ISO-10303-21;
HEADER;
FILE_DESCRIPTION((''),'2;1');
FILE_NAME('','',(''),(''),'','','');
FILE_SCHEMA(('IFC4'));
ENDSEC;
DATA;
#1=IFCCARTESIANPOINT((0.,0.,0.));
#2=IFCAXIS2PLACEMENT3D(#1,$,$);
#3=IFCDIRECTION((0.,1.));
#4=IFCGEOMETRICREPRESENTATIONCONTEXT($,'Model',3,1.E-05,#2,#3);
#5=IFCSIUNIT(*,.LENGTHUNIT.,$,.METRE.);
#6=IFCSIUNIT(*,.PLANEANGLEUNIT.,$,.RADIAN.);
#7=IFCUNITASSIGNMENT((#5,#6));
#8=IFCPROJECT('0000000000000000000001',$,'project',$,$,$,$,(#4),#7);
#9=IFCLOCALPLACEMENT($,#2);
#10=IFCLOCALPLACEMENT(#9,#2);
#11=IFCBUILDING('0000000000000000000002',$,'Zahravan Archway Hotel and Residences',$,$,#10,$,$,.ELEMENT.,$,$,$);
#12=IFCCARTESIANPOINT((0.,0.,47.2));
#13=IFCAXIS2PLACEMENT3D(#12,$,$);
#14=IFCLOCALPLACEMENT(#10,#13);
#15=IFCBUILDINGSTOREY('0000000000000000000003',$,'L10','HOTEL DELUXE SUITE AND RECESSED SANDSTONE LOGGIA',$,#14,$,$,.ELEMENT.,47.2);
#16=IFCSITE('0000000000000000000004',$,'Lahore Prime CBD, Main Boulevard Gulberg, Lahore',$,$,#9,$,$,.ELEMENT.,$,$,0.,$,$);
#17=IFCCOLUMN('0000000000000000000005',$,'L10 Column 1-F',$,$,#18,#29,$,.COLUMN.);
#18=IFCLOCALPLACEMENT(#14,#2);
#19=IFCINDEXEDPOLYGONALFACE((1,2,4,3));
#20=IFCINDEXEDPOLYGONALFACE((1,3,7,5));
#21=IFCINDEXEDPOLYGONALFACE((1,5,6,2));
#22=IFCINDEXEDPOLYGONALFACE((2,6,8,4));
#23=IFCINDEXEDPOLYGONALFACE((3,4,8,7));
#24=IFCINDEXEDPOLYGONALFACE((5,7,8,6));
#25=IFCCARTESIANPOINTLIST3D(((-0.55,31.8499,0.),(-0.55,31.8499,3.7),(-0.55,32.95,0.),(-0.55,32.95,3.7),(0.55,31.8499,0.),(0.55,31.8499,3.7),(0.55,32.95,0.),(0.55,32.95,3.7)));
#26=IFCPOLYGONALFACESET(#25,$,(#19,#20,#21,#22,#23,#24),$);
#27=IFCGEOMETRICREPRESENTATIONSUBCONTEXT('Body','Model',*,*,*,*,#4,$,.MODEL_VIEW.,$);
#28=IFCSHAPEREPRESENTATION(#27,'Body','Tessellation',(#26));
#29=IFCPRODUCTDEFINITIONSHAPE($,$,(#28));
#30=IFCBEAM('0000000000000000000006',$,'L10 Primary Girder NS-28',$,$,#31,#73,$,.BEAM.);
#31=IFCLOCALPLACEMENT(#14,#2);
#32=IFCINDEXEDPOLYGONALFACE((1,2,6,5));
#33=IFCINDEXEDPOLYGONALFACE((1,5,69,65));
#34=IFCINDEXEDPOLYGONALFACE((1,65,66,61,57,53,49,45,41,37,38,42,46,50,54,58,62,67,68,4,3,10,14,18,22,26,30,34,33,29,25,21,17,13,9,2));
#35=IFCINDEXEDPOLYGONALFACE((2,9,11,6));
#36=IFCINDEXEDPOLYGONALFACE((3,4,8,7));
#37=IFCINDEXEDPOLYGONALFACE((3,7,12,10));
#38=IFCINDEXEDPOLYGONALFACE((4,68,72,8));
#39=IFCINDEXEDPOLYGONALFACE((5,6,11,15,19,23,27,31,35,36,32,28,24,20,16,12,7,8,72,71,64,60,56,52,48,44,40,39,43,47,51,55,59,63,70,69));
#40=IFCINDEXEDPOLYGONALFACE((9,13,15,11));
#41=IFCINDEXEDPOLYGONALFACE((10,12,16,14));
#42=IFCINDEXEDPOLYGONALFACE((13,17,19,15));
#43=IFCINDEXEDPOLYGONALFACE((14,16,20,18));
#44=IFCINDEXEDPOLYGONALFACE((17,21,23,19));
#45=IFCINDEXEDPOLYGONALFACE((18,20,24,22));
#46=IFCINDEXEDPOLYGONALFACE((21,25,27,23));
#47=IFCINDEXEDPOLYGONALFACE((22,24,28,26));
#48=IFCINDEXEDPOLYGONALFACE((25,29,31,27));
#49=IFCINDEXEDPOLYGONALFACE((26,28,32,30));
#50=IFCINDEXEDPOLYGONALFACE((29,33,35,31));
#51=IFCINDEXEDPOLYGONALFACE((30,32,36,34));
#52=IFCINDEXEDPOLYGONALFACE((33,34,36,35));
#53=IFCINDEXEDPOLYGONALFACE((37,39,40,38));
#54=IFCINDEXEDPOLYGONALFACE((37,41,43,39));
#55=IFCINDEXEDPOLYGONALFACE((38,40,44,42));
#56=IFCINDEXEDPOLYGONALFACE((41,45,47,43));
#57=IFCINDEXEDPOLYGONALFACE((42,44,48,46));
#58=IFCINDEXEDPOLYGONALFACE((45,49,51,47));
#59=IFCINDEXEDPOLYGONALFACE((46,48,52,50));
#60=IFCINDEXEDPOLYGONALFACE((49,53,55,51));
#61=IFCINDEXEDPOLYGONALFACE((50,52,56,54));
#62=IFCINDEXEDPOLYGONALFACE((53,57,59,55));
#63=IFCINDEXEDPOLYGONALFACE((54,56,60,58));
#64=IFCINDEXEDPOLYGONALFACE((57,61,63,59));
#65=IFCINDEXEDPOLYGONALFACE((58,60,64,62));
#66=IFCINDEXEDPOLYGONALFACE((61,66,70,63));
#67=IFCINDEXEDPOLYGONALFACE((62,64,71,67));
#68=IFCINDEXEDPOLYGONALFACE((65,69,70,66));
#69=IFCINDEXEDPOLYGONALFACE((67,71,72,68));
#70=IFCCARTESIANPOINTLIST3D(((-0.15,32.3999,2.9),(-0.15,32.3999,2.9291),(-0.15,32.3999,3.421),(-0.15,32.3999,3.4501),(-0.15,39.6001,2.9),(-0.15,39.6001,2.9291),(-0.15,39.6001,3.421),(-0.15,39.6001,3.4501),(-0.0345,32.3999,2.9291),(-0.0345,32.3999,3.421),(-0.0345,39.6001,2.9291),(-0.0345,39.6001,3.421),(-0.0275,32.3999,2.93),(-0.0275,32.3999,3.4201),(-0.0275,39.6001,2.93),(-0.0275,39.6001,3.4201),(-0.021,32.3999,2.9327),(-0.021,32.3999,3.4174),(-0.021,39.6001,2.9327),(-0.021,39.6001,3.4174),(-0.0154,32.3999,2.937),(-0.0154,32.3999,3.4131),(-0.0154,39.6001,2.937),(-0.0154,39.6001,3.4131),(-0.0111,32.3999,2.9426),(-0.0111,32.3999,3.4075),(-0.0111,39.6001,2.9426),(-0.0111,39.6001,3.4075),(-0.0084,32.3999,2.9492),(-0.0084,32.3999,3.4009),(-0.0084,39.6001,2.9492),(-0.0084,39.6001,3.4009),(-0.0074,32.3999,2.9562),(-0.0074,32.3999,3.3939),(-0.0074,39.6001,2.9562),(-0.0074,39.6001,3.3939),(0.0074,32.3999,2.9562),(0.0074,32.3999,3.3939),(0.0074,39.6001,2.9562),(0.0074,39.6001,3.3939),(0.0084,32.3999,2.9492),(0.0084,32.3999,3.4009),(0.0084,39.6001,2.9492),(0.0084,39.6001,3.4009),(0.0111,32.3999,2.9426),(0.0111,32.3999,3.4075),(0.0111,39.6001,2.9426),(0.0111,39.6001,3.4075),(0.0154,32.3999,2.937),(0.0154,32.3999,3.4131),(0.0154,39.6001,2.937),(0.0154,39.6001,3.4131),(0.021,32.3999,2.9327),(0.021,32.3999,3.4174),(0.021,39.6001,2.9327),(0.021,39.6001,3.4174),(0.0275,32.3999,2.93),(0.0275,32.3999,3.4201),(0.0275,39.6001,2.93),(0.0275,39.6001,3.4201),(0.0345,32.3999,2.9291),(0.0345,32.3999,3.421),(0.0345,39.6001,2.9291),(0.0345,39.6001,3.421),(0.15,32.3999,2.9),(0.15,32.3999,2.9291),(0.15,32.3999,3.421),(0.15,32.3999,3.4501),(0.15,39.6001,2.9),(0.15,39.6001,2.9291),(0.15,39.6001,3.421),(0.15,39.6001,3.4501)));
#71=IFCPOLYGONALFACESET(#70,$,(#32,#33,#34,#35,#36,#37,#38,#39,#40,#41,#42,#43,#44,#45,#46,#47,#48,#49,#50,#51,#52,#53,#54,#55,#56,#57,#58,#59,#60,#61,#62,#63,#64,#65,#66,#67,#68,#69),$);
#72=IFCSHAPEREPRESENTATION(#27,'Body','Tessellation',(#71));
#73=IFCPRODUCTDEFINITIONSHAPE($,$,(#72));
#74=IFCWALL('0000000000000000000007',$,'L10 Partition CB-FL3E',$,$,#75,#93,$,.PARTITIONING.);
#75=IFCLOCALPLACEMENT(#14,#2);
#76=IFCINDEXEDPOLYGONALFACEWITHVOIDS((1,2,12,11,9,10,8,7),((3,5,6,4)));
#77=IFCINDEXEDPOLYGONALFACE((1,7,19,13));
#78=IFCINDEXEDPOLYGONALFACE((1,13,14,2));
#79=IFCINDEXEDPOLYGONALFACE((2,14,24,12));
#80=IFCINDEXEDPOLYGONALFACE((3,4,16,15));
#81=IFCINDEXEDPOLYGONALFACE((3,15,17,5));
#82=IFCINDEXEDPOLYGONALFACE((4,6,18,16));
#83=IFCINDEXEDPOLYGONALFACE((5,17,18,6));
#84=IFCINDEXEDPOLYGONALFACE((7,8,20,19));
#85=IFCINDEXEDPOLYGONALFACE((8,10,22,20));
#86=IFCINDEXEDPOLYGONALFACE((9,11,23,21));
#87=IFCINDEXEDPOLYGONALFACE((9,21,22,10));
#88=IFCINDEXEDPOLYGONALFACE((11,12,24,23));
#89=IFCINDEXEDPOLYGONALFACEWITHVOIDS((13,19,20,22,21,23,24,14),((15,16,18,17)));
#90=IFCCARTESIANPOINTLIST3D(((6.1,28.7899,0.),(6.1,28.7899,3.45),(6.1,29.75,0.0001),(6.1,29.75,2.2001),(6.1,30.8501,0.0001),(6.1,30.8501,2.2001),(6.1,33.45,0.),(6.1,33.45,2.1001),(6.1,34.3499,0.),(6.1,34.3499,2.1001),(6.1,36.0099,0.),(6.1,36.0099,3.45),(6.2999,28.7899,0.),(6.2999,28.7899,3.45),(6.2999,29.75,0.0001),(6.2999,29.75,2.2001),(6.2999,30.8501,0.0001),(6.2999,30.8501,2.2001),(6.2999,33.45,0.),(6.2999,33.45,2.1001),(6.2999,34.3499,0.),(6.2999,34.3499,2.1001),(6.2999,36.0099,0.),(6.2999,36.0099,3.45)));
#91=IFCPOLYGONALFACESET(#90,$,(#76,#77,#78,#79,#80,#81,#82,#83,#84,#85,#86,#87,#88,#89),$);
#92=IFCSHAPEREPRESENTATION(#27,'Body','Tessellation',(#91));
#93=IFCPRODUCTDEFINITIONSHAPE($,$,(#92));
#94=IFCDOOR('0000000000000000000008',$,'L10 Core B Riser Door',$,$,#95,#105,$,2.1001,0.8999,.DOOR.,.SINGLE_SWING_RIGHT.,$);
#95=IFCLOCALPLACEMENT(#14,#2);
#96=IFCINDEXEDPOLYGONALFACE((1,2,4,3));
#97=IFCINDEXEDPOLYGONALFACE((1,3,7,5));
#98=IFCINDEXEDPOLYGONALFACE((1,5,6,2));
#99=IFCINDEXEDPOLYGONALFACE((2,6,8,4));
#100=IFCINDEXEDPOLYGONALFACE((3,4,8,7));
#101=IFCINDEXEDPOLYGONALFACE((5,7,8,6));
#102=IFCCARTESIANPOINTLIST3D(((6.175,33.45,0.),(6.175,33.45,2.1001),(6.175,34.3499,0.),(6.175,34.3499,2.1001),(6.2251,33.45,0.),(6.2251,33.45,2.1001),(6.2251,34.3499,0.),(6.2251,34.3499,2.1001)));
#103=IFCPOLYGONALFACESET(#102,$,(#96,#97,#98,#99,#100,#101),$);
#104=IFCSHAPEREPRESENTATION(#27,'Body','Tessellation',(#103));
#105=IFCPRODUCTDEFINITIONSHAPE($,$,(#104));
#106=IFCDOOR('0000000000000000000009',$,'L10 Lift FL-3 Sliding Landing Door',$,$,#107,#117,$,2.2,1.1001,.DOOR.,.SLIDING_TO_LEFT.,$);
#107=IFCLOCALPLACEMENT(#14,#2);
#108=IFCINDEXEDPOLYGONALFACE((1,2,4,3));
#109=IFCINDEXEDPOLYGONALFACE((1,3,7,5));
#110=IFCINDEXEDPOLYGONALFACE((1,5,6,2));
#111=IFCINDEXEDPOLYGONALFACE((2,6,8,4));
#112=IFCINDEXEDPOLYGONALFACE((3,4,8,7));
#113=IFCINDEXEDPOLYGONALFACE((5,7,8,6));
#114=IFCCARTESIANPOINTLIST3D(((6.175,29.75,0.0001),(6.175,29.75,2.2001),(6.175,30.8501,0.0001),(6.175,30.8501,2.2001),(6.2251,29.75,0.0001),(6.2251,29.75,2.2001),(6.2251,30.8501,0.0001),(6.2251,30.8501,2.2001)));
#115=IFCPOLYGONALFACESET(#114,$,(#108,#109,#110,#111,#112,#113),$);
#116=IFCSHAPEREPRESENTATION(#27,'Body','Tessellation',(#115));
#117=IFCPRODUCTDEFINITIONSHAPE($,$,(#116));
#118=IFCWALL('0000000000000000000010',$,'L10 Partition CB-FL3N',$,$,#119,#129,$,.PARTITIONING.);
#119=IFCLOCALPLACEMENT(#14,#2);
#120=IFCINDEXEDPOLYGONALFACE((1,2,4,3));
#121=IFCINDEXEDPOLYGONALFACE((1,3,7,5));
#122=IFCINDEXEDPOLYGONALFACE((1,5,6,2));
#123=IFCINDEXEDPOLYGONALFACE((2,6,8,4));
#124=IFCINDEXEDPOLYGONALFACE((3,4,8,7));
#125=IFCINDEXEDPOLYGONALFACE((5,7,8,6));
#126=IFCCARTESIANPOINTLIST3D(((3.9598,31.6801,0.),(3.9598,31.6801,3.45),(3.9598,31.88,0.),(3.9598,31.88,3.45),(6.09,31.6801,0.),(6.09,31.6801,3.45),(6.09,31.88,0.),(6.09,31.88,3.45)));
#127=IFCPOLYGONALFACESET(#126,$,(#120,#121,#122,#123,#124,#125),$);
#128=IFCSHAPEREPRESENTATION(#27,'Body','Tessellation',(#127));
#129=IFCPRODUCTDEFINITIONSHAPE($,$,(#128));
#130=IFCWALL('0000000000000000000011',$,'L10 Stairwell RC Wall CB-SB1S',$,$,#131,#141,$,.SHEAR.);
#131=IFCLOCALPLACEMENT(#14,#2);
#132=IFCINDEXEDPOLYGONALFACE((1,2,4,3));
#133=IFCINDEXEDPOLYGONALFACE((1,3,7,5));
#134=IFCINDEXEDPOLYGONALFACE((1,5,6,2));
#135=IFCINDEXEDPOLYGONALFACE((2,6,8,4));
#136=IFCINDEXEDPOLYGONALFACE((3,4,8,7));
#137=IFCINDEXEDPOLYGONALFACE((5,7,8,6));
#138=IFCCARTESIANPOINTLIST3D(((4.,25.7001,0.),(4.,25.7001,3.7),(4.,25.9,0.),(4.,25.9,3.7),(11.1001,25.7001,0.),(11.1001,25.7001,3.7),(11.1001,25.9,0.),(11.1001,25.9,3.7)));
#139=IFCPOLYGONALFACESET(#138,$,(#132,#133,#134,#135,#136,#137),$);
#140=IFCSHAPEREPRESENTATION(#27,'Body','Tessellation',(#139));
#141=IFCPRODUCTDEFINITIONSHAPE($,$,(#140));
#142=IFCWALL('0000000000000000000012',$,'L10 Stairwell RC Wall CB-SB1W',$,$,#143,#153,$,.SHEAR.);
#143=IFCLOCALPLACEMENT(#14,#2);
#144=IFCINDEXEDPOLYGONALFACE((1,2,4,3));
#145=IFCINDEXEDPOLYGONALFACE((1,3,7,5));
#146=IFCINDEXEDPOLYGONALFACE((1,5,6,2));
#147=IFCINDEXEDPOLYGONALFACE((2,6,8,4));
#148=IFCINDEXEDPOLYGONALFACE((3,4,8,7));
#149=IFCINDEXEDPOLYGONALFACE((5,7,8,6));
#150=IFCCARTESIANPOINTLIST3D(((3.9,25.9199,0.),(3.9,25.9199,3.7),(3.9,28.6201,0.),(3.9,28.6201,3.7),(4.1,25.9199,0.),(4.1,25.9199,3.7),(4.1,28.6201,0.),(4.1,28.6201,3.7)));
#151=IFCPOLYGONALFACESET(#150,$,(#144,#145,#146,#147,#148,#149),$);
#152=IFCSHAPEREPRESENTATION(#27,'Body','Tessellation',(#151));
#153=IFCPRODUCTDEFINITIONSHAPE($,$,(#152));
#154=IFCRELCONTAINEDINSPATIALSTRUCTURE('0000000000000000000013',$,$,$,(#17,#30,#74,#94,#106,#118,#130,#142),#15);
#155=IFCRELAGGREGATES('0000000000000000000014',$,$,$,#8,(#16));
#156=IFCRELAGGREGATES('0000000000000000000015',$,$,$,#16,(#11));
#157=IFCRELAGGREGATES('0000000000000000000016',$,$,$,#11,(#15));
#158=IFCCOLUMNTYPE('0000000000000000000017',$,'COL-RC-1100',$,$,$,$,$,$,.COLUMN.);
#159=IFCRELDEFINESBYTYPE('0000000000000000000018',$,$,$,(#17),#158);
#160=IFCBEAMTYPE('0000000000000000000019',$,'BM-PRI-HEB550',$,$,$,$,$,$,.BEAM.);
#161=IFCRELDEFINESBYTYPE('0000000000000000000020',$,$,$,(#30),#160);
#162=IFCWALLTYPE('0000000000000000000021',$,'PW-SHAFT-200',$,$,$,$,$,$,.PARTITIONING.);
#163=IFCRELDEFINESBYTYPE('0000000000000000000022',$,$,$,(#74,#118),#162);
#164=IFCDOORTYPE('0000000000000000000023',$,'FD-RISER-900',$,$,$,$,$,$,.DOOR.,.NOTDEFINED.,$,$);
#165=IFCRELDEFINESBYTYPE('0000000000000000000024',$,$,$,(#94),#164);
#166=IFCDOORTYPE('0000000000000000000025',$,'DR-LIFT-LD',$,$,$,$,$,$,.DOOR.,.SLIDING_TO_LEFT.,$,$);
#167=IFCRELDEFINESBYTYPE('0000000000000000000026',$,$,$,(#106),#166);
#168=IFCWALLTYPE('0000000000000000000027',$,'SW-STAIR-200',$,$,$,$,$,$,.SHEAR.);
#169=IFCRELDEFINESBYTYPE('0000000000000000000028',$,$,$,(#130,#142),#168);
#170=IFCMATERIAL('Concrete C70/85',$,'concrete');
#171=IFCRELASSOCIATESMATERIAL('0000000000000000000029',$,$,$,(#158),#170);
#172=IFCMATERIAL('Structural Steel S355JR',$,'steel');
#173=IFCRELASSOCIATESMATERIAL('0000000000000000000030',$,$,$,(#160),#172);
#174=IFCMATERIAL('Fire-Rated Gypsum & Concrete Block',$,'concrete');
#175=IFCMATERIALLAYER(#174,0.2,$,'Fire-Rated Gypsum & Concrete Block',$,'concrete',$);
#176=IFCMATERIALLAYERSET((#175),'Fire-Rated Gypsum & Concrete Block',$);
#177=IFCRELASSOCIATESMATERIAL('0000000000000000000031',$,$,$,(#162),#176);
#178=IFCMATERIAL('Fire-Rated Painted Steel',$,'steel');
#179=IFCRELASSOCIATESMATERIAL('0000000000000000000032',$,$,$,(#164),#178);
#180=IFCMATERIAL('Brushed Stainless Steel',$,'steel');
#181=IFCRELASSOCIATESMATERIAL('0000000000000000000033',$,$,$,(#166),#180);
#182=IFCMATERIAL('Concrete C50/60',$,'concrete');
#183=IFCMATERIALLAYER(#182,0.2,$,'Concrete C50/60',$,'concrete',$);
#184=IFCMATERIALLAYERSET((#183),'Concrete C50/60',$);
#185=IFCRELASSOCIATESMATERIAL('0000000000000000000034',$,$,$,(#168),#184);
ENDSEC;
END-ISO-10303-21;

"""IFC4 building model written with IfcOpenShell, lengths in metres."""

from ifc_helpers import new_model, si_unit, direction, frame, frame_2d, origin, origin_2d, place, context, subcontext, project, spatial, rectangle, i_section, extrude, source, transform, mapped, material, layer, layer_set, material_profile, profile_set, type_object, type_shapes, element, fill, save


model = new_model("IFC4")

# Units and contexts
model_context = context("Model", 3, precision=1e-05, world=origin(), true_north=direction((0.0, 1.0)))
body_context = subcontext(model_context, "Body", "Model", "MODEL_VIEW")
ifc_project = project(units=[si_unit("LENGTHUNIT", "METRE"), si_unit("PLANEANGLEUNIT", "RADIAN")], contexts=[model_context])

# Site, building, storey
site_placement = place(None, origin())
site = spatial("IfcSite", under=ifc_project, at=site_placement, Name="Lahore Prime CBD, Main Boulevard Gulberg, Lahore", CompositionType="ELEMENT", RefElevation=0.0)
building_placement = place(site_placement, origin())
building = spatial("IfcBuilding", under=site, at=building_placement, Name="Zahravan Archway Hotel and Residences", CompositionType="ELEMENT")
storey_placement = place(building_placement, frame((0.0, 0.0, 47.2)))
storey = spatial("IfcBuildingStorey", under=building, at=storey_placement, Name="L10", Description="HOTEL DELUXE SUITE AND RECESSED SANDSTONE LOGGIA", CompositionType="ELEMENT", Elevation=47.2)

# Column
ifc_material_1 = material(Name="Concrete C70/85", Category="concrete")
ifc_material_profile_1 = material_profile(ifc_material_1, rectangle(XDim=1.1001, YDim=1.1001, at=origin_2d()), Name="RC 1100x1100", Category="concrete")
ifc_profile_set_1 = profile_set([ifc_material_profile_1], Name="Concrete C70/85")
column_type = type_object("IfcColumnType", Name="COL-RC-1100", PredefinedType="COLUMN", material=ifc_profile_set_1)
shared_shape_1 = source(origin(), body_context, "Body", "SweptSolid", [
    extrude(rectangle(XDim=1.1001, YDim=1.1001, at=origin_2d()), origin(), (0.0, 0.0, 1.0), 3.7),
])
column_placement = place(storey_placement, frame((0.0, 32.3999, 0.0), z_axis=(0.0, 0.0, 1.0), x_axis=(1.0, 0.0, 0.0)))
element("IfcColumn", 1, at=column_placement, inside=storey, type_object=column_type, Name="L10 Column 1-F", PredefinedType="COLUMN", context=body_context, shape_type="MappedRepresentation", body=[
    mapped(shared_shape_1, transform((0.0, 0.0, 0.0), scale=1.0)),
])

# Beam
ifc_material_2 = material(Name="Structural Steel S355JR", Category="steel")
ifc_material_profile_2 = material_profile(ifc_material_2, i_section(OverallWidth=0.3, OverallDepth=0.55, WebThickness=0.0149, FlangeThickness=0.0291, FilletRadius=0.0271, at=origin_2d()), Name="HEB 550", Category="steel")
ifc_profile_set_2 = profile_set([ifc_material_profile_2], Name="Structural Steel S355JR")
beam_type = type_object("IfcBeamType", Name="BM-PRI-HEB550", PredefinedType="BEAM", material=ifc_profile_set_2)
shared_shape_2 = source(origin(), body_context, "Body", "SweptSolid", [
    extrude(i_section(OverallWidth=0.3, OverallDepth=0.55, WebThickness=0.0149, FlangeThickness=0.0291, FilletRadius=0.0271, at=origin_2d()), origin(), (0.0, 0.0, 1.0), 7.2002),
])
type_shapes(beam_type, [shared_shape_2])
beam_placement = place(storey_placement, frame((0.0, 32.3999, 3.175), z_axis=(0.0, 1.0, 0.0), x_axis=(-1.0, 0.0, 0.0)))
element("IfcBeam", 2, at=beam_placement, inside=storey, type_object=beam_type, Name="L10 Primary Girder NS-28", PredefinedType="BEAM", context=body_context, shape_type="MappedRepresentation", body=[
    mapped(shared_shape_2, transform((0.0, 0.0, 0.0), scale=1.0)),
])

# Wall, openings, doors
ifc_material_3 = material(Name="Fire-Rated Gypsum & Concrete Block", Category="concrete")
ifc_layer_1 = layer(ifc_material_3, 0.2, Name="Fire-Rated Gypsum & Concrete Block", Category="concrete")
ifc_layer_set_1 = layer_set([ifc_layer_1], Name="Fire-Rated Gypsum & Concrete Block")
wall_type_1 = type_object("IfcWallType", Name="PW-SHAFT-200", PredefinedType="PARTITIONING", material=ifc_layer_set_1)
wall_1_placement = place(storey_placement, frame((6.2, 28.79, 0.0), z_axis=(0.0, 0.0, 1.0), x_axis=(0.0, 1.0, 0.0)))
wall_1 = element("IfcWall", 3, at=wall_1_placement, inside=storey, type_object=wall_type_1, Name="L10 Partition CB-FL3E", PredefinedType="PARTITIONING", context=body_context, shape_type="SweptSolid", body=[
    extrude(rectangle(XDim=7.22, YDim=0.2, at=frame_2d((3.6099, 0.0))), origin(), (0.0, 0.0, 1.0), 3.45),
])
opening_1_placement = place(wall_1_placement, frame((4.6599, 0.0, 0.0)))
opening_1 = element("IfcOpeningElement", 4, at=opening_1_placement, cuts=wall_1, PredefinedType="OPENING", context=body_context, shape_type="SweptSolid", body=[
    extrude(rectangle(XDim=0.8999, YDim=2.1001, at=frame_2d((0.45, 1.05))), frame((0.0, 0.1099, 0.0), z_axis=(0.0, -1.0, 0.0), x_axis=(1.0, 0.0, 0.0)), (0.0, 0.0, 1.0), 0.22),
])
opening_2_placement = place(wall_1_placement, frame((0.96, 0.0, 0.0)))
opening_2 = element("IfcOpeningElement", 5, at=opening_2_placement, cuts=wall_1, PredefinedType="OPENING", context=body_context, shape_type="SweptSolid", body=[
    extrude(rectangle(XDim=1.1001, YDim=2.2, at=frame_2d((0.55, 1.1001))), frame((0.0, 0.1099, 0.0), z_axis=(0.0, -1.0, 0.0), x_axis=(1.0, 0.0, 0.0)), (0.0, 0.0, 1.0), 0.22),
])
ifc_material_4 = material(Name="Fire-Rated Painted Steel", Category="steel")
door_type_1 = type_object("IfcDoorType", Name="FD-RISER-900", OperationType="NOTDEFINED", PredefinedType="DOOR", material=ifc_material_4)
shared_shape_3 = source(origin(), body_context, "Body", "SweptSolid", [
    extrude(rectangle(XDim=0.8999, YDim=2.1001, at=frame_2d((0.45, 1.05))), frame((0.0, 0.0249, 0.0), z_axis=(0.0, -1.0, 0.0), x_axis=(1.0, 0.0, 0.0)), (0.0, 0.0, 1.0), 0.05),
])
type_shapes(door_type_1, [shared_shape_3])
door_1_placement = place(opening_1_placement, origin())
door_1 = element("IfcDoor", 6, at=door_1_placement, inside=storey, type_object=door_type_1, Name="L10 Core B Riser Door", OperationType="SINGLE_SWING_RIGHT", OverallHeight=2.1001, OverallWidth=0.8999, PredefinedType="DOOR", context=body_context, shape_type="MappedRepresentation", body=[
    mapped(shared_shape_3, transform((0.0, 0.0, 0.0), scale=1.0)),
])
fill(opening_1, door_1)
ifc_material_5 = material(Name="Brushed Stainless Steel", Category="steel")
door_type_2 = type_object("IfcDoorType", Name="DR-LIFT-LD", OperationType="SLIDING_TO_LEFT", PredefinedType="DOOR", material=ifc_material_5)
shared_shape_4 = source(origin(), body_context, "Body", "SweptSolid", [
    extrude(rectangle(XDim=1.1001, YDim=2.2, at=frame_2d((0.55, 1.1001))), frame((0.0, 0.0249, 0.0), z_axis=(0.0, -1.0, 0.0), x_axis=(1.0, 0.0, 0.0)), (0.0, 0.0, 1.0), 0.05),
])
type_shapes(door_type_2, [shared_shape_4])
door_2_placement = place(opening_2_placement, origin())
door_2 = element("IfcDoor", 7, at=door_2_placement, inside=storey, type_object=door_type_2, Name="L10 Lift FL-3 Sliding Landing Door", OperationType="SLIDING_TO_LEFT", OverallHeight=2.2, OverallWidth=1.1001, PredefinedType="DOOR", context=body_context, shape_type="MappedRepresentation", body=[
    mapped(shared_shape_4, transform((0.0, 0.0, 0.0), scale=1.0)),
])
fill(opening_2, door_2)

# Walls
wall_2_placement = place(storey_placement, frame((3.96, 31.78, 0.0), z_axis=(0.0, 0.0, 1.0), x_axis=(1.0, 0.0, 0.0)))
element("IfcWall", 8, at=wall_2_placement, inside=storey, type_object=wall_type_1, Name="L10 Partition CB-FL3N", PredefinedType="PARTITIONING", context=body_context, shape_type="SweptSolid", body=[
    extrude(rectangle(XDim=2.1301, YDim=0.2, at=frame_2d((1.0649, 0.0))), origin(), (0.0, 0.0, 1.0), 3.45),
])
ifc_material_6 = material(Name="Concrete C50/60", Category="concrete")
ifc_layer_2 = layer(ifc_material_6, 0.2, Name="Concrete C50/60", Category="concrete")
ifc_layer_set_2 = layer_set([ifc_layer_2], Name="Concrete C50/60")
wall_type_2 = type_object("IfcWallType", Name="SW-STAIR-200", PredefinedType="SHEAR", material=ifc_layer_set_2)
wall_3_placement = place(storey_placement, frame((4.0, 25.8, 0.0), z_axis=(0.0, 0.0, 1.0), x_axis=(1.0, 0.0, 0.0)))
element("IfcWall", 9, at=wall_3_placement, inside=storey, type_object=wall_type_2, Name="L10 Stairwell RC Wall CB-SB1S", PredefinedType="SHEAR", context=body_context, shape_type="SweptSolid", body=[
    extrude(rectangle(XDim=7.1001, YDim=0.2, at=frame_2d((3.55, 0.0))), origin(), (0.0, 0.0, 1.0), 3.7),
])
wall_4_placement = place(storey_placement, frame((4.0, 25.9199, 0.0), z_axis=(0.0, 0.0, 1.0), x_axis=(0.0, 1.0, 0.0)))
element("IfcWall", 10, at=wall_4_placement, inside=storey, type_object=wall_type_2, Name="L10 Stairwell RC Wall CB-SB1W", PredefinedType="SHEAR", context=body_context, shape_type="SweptSolid", body=[
    extrude(rectangle(XDim=2.7002, YDim=0.2, at=frame_2d((1.3501, 0.0))), origin(), (0.0, 0.0, 1.0), 3.7),
])

save(model, "model.ifc")
